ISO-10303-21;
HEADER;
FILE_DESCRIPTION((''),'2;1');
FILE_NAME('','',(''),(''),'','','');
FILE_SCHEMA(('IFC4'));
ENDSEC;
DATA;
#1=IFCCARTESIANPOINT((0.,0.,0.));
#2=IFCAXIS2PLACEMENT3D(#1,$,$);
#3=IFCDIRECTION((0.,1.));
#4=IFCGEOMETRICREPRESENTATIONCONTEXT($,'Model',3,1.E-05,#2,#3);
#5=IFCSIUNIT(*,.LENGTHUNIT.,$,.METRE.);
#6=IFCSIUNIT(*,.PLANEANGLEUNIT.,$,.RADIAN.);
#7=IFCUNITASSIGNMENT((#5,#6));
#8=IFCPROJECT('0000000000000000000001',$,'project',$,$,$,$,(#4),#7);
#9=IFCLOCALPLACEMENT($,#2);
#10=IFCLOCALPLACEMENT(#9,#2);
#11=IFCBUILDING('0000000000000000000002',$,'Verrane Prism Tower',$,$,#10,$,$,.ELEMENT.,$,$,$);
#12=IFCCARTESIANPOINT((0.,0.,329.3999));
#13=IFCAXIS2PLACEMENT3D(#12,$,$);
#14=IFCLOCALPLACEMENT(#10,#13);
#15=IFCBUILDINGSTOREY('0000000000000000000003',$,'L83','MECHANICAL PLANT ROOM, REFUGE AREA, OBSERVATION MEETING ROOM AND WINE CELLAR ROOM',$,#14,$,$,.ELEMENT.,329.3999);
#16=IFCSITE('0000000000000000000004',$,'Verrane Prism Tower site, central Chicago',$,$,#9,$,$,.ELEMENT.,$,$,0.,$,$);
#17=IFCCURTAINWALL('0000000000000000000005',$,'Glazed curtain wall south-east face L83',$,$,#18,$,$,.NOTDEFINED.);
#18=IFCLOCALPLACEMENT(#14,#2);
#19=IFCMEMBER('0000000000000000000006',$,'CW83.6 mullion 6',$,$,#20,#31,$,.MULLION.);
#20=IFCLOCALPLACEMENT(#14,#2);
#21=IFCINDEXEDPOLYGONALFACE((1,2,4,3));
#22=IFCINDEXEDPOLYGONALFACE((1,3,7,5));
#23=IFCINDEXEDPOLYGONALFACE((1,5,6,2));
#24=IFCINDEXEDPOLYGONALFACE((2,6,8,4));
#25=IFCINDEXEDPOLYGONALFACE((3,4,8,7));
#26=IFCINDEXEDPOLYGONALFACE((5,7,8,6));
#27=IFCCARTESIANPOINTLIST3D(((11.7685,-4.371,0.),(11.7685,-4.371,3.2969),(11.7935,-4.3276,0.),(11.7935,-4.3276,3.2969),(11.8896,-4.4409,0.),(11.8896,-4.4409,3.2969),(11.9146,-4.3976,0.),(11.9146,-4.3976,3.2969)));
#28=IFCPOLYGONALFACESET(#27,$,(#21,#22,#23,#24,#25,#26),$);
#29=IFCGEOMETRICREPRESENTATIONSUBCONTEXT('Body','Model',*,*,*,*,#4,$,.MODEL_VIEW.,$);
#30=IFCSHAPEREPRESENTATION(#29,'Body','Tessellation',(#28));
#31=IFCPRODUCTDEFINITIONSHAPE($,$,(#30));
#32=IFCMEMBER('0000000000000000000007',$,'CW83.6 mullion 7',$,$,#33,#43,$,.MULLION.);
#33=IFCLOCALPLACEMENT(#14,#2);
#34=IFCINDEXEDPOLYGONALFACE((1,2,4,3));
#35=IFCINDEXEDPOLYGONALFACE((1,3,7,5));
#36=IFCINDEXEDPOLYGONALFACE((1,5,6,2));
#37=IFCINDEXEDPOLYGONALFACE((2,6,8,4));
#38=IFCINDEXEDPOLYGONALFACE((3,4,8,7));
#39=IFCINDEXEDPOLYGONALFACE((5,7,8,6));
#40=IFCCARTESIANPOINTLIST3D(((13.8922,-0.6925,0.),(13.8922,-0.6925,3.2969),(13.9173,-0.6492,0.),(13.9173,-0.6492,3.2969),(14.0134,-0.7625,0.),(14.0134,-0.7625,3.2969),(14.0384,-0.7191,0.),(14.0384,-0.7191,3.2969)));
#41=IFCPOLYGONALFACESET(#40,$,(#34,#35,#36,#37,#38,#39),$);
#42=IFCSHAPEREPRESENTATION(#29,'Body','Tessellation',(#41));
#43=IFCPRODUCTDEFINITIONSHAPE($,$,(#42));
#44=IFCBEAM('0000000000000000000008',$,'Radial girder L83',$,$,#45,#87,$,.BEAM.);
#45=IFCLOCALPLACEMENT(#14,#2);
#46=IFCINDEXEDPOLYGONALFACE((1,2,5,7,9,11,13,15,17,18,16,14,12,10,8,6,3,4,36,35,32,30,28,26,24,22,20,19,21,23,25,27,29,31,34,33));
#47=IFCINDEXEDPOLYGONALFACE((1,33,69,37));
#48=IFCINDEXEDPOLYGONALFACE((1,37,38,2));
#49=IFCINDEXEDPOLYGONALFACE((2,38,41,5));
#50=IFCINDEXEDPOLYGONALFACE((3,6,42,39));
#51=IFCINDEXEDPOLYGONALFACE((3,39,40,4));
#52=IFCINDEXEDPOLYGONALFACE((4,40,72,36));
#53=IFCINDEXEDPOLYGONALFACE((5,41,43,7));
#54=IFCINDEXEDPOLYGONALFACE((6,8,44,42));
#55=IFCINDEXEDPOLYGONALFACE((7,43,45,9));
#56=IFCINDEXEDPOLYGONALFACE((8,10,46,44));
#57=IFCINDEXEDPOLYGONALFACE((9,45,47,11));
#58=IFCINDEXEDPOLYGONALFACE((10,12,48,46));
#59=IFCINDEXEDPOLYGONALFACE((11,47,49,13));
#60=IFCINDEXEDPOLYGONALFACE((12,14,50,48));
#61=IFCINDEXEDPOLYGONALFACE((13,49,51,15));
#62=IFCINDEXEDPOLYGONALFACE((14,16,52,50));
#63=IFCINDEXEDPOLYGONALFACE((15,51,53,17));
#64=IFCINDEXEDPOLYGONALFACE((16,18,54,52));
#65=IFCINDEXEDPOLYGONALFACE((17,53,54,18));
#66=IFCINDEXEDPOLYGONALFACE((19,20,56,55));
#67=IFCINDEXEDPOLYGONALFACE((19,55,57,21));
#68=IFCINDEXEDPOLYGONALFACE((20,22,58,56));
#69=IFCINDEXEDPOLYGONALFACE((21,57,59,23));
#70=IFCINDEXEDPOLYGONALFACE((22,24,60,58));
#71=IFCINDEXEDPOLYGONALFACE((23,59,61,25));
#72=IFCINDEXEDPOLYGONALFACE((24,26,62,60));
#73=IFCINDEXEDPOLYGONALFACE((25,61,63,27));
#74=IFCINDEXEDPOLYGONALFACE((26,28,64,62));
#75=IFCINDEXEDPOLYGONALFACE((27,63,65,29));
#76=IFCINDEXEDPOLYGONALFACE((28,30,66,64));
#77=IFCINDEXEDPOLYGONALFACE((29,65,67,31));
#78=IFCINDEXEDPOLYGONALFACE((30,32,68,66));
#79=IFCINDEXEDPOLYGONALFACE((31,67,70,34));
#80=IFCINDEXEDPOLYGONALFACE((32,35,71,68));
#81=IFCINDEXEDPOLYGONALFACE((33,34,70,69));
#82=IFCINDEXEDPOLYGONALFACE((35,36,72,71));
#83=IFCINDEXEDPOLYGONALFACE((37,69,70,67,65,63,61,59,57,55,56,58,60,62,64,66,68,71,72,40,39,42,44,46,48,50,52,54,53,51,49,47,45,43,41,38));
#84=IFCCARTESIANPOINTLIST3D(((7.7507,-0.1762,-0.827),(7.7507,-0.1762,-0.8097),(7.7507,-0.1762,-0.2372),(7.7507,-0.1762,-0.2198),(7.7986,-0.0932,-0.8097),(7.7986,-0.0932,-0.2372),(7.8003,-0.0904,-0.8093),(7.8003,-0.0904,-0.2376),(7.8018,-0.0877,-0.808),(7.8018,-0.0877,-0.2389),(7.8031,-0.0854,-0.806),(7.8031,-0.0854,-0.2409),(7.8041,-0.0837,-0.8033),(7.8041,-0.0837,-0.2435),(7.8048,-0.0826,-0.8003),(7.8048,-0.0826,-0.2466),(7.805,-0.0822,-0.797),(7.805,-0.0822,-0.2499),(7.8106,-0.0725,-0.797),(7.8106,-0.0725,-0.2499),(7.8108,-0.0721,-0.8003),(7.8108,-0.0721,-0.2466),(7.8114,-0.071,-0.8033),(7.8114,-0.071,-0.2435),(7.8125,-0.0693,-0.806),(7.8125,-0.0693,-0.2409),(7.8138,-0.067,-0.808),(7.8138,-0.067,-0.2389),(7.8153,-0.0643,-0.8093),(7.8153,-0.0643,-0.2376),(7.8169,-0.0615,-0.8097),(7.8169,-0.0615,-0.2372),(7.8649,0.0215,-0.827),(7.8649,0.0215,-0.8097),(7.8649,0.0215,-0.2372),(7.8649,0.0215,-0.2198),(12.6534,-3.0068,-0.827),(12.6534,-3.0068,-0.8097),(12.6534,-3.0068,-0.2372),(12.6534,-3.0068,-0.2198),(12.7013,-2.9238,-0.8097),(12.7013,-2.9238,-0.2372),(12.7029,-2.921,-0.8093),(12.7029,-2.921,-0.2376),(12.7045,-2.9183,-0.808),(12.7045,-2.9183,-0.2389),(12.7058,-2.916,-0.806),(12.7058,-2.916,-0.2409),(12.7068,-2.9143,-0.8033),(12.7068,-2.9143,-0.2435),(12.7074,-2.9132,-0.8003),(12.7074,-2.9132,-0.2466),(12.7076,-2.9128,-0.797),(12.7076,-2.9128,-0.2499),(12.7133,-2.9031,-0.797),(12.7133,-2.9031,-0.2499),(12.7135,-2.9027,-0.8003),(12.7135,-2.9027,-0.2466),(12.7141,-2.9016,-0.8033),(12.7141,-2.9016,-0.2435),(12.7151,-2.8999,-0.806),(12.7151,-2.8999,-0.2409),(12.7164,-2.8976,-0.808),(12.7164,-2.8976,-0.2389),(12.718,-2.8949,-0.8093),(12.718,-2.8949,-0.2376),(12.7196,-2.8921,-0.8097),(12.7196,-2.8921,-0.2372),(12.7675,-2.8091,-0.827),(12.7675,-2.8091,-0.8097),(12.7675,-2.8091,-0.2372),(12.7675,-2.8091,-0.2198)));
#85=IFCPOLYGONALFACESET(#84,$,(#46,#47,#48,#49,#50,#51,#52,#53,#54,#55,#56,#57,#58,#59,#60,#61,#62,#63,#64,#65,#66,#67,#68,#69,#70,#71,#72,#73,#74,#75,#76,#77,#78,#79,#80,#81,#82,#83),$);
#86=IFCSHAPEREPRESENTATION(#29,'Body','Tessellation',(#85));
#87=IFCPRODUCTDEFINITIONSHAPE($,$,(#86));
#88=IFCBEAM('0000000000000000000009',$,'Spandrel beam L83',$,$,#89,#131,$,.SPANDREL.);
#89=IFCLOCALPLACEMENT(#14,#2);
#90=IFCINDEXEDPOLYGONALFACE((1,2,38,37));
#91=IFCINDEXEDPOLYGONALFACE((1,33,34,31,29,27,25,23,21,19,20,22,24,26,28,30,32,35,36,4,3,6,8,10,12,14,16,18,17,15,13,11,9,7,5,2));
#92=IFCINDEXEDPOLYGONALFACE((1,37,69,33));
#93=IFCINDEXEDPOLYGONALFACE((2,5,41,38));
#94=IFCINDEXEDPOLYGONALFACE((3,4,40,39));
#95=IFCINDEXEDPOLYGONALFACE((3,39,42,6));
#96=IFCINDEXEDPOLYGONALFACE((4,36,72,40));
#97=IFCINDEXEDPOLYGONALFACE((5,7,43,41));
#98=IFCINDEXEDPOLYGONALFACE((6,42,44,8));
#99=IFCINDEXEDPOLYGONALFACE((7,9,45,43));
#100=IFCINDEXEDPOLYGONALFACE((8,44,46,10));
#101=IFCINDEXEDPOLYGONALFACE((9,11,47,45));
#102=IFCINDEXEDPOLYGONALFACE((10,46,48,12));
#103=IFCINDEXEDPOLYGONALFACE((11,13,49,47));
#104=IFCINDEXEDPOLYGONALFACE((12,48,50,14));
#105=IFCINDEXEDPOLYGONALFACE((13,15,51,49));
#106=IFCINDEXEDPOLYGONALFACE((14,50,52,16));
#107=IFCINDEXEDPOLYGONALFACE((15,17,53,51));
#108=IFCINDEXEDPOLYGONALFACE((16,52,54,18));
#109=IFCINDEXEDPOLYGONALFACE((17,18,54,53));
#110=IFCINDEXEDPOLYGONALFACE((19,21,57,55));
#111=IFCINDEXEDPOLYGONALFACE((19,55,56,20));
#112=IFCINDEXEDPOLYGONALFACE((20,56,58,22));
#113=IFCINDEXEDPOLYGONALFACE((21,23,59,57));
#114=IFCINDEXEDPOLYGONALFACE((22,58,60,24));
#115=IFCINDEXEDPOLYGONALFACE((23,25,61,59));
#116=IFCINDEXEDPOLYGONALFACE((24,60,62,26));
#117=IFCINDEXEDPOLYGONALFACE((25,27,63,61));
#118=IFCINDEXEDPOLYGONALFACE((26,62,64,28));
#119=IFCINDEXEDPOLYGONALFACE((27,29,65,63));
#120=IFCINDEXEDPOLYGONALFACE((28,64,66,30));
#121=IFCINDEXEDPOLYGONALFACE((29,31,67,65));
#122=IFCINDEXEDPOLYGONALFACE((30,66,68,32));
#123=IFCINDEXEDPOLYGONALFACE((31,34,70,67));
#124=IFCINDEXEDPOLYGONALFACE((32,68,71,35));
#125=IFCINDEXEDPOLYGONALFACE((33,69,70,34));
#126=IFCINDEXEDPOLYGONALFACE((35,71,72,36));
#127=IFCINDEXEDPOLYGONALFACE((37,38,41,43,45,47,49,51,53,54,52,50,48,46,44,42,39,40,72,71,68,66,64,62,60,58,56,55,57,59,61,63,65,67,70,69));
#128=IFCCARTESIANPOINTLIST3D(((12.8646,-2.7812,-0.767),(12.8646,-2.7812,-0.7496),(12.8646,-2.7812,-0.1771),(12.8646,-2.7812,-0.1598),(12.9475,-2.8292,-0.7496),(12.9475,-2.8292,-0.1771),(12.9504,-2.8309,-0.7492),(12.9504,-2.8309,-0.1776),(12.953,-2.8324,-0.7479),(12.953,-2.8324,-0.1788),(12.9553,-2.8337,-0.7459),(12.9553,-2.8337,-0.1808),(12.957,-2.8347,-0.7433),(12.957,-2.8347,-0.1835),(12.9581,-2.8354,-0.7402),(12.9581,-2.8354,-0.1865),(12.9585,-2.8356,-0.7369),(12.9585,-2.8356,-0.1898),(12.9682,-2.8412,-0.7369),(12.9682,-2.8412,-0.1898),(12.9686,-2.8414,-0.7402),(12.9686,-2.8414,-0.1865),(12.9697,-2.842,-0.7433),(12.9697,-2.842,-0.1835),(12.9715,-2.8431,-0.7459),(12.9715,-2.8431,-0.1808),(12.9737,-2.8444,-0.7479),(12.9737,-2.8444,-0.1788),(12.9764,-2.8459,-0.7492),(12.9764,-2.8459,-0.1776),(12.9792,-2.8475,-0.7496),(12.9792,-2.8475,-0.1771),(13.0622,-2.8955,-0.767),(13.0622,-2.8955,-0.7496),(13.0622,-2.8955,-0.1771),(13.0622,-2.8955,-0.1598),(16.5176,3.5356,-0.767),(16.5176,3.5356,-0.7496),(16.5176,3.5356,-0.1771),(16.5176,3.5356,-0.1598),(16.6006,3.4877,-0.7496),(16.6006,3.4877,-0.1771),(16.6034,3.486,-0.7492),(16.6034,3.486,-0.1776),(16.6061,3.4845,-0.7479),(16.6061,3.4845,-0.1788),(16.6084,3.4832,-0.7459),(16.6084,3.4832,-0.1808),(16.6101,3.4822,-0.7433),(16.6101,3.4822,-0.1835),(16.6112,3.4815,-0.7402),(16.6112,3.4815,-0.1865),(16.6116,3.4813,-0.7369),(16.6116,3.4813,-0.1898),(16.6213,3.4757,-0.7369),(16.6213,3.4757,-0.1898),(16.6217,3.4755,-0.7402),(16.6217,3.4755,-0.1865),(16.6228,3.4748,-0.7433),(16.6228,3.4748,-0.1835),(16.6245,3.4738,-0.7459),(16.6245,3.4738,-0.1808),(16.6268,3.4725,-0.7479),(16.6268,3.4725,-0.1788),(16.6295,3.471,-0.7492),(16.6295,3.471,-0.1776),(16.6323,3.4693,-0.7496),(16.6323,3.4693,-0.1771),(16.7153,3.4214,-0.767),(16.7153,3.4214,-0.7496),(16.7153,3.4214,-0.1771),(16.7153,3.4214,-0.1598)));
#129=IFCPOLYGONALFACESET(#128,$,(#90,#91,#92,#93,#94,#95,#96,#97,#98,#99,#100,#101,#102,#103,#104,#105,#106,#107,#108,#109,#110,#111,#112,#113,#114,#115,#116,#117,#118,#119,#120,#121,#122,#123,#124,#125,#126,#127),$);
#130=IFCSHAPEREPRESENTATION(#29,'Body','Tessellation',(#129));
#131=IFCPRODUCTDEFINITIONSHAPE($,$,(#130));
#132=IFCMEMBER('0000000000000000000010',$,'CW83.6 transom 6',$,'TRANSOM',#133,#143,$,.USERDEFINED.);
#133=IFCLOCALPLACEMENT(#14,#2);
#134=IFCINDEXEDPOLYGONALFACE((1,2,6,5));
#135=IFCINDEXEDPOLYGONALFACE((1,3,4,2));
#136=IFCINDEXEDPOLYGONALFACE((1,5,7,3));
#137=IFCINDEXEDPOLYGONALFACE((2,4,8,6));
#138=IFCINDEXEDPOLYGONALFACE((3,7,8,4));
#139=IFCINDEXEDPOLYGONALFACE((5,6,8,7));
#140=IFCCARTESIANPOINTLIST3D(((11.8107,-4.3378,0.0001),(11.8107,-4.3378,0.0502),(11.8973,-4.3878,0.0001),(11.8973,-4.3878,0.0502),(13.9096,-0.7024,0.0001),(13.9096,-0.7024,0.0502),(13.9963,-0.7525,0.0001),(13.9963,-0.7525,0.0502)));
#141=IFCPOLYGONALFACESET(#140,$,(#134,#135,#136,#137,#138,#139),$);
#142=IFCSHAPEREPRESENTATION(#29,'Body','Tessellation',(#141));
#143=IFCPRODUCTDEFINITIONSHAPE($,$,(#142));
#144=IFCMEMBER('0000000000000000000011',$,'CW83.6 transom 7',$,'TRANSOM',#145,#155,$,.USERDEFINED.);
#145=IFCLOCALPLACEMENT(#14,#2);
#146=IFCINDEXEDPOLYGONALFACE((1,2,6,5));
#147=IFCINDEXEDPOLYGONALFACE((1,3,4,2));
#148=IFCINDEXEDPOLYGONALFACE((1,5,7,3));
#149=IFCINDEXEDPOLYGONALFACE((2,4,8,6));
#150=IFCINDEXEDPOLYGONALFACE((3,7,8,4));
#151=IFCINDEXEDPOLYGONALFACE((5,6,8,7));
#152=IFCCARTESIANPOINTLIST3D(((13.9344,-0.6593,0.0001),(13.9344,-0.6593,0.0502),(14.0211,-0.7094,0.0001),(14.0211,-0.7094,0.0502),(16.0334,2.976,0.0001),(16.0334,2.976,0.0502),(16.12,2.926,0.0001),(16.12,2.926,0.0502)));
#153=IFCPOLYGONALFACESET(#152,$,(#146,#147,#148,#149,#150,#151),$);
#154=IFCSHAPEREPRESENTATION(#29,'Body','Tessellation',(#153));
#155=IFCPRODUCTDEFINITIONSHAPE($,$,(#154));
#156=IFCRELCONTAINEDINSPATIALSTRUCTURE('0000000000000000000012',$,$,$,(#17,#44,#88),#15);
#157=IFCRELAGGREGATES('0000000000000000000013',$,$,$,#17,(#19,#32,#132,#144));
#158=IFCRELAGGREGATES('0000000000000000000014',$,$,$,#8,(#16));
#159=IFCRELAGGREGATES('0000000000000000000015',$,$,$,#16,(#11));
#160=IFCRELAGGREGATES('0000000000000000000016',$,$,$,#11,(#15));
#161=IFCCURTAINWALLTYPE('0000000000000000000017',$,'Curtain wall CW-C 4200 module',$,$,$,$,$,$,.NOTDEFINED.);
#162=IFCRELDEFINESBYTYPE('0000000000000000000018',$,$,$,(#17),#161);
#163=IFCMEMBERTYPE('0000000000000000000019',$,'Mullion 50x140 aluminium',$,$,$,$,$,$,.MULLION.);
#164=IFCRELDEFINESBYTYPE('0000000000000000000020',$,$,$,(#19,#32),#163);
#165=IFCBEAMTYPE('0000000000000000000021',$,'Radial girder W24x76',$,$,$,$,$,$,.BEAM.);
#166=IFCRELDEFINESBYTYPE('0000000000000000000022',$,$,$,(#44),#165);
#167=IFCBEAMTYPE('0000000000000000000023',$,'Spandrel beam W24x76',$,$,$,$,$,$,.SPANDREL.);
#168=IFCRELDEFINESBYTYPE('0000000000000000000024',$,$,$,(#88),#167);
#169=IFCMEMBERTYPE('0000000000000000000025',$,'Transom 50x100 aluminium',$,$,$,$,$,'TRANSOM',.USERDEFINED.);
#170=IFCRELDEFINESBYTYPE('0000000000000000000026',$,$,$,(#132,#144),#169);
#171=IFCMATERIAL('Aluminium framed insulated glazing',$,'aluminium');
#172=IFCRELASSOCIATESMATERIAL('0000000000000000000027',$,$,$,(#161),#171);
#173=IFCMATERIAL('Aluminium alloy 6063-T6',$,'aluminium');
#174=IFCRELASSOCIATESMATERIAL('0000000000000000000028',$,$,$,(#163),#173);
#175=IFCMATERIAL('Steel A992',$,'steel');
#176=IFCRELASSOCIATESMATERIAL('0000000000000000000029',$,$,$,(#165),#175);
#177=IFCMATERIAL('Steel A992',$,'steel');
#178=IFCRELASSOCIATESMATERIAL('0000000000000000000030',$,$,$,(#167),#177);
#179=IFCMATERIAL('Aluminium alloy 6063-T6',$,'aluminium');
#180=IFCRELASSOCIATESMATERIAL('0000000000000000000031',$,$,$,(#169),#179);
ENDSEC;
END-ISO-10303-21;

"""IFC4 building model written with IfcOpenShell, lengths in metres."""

from ifc_helpers import new_model, si_unit, direction, frame, origin, origin_2d, place, context, subcontext, project, spatial, rectangle, i_section, extrude, material, material_profile, profile_set, type_object, element, aggregate, save


model = new_model("IFC4")

# Units and contexts
model_context = context("Model", 3, precision=1e-05, world=origin(), true_north=direction((0.0, 1.0)))
body_context = subcontext(model_context, "Body", "Model", "MODEL_VIEW")
ifc_project = project(units=[si_unit("LENGTHUNIT", "METRE"), si_unit("PLANEANGLEUNIT", "RADIAN")], contexts=[model_context])

# Site, building, storey
site_placement = place(None, origin())
site = spatial("IfcSite", under=ifc_project, at=site_placement, Name="Verrane Prism Tower site, central Chicago", CompositionType="ELEMENT", RefElevation=0.0)
building_placement = place(site_placement, origin())
building = spatial("IfcBuilding", under=site, at=building_placement, Name="Verrane Prism Tower", CompositionType="ELEMENT")
storey_placement = place(building_placement, frame((0.0, 0.0, 329.3999)))
storey = spatial("IfcBuildingStorey", under=building, at=storey_placement, Name="L83", Description="MECHANICAL PLANT ROOM, REFUGE AREA, OBSERVATION MEETING ROOM AND WINE CELLAR ROOM", CompositionType="ELEMENT", Elevation=329.3999)

# Curtain wall, members
ifc_material_1 = material(Name="Aluminium framed insulated glazing", Category="aluminium")
curtain_wall_type = type_object("IfcCurtainWallType", Name="Curtain wall CW-C 4200 module", PredefinedType="NOTDEFINED", material=ifc_material_1)
curtain_wall_placement = place(storey_placement, origin())
curtain_wall = element("IfcCurtainWall", 1, at=curtain_wall_placement, inside=storey, type_object=curtain_wall_type, Name="Glazed curtain wall south-east face L83", PredefinedType="NOTDEFINED")
ifc_material_2 = material(Name="Aluminium alloy 6063-T6", Category="aluminium")
ifc_material_profile_1 = material_profile(ifc_material_2, rectangle(XDim=0.1399, YDim=0.05, at=origin_2d()), Name="Mullion 50x140 aluminium")
ifc_profile_set_1 = profile_set([ifc_material_profile_1], Name="Aluminium alloy 6063-T6")
member_type_1 = type_object("IfcMemberType", Name="Mullion 50x140 aluminium", PredefinedType="MULLION", material=ifc_profile_set_1)
member_1_placement = place(storey_placement, frame((11.8416, -4.3843, 0.0), z_axis=(0.0, 0.0, 1.0), x_axis=(-0.866025, 0.5, 0.0)))
member_1 = element("IfcMember", 2, at=member_1_placement, type_object=member_type_1, Name="CW83.6 mullion 6", PredefinedType="MULLION", context=body_context, shape_type="SweptSolid", body=[
    extrude(rectangle(XDim=0.1399, YDim=0.05, at=origin_2d()), origin(), (0.0, 0.0, 1.0), 3.2969),
])
member_2_placement = place(storey_placement, frame((13.9653, -0.7058, 0.0), z_axis=(0.0, 0.0, 1.0), x_axis=(-0.866025, 0.5, 0.0)))
member_2 = element("IfcMember", 3, at=member_2_placement, type_object=member_type_1, Name="CW83.6 mullion 7", PredefinedType="MULLION", context=body_context, shape_type="SweptSolid", body=[
    extrude(rectangle(XDim=0.1399, YDim=0.05, at=origin_2d()), origin(), (0.0, 0.0, 1.0), 3.2969),
])

# Beams
ifc_material_3 = material(Name="Steel A992", Category="steel")
ifc_material_profile_2 = material_profile(ifc_material_3, i_section(OverallWidth=0.2283, OverallDepth=0.6072, WebThickness=0.0112, FlangeThickness=0.0173, FilletRadius=0.0127, at=origin_2d()), Name="W24x76")
ifc_profile_set_2 = profile_set([ifc_material_profile_2], Name="Steel A992")
beam_type_1 = type_object("IfcBeamType", Name="Radial girder W24x76", PredefinedType="BEAM", material=ifc_profile_set_2)
beam_1_placement = place(storey_placement, frame((12.7104, -2.908, -0.5234), z_axis=(-0.866021, 0.500007, 0.0), x_axis=(-0.500007, -0.866021, 0.0)))
element("IfcBeam", 4, at=beam_1_placement, inside=storey, type_object=beam_type_1, Name="Radial girder L83", PredefinedType="BEAM", context=body_context, shape_type="SweptSolid", body=[
    extrude(i_section(OverallWidth=0.2283, OverallDepth=0.6072, WebThickness=0.0112, FlangeThickness=0.0173, FilletRadius=0.0127, at=origin_2d()), origin(), (0.0, 0.0, 1.0), 5.6611),
])
ifc_material_4 = material(Name="Steel A992", Category="steel")
ifc_material_profile_3 = material_profile(ifc_material_4, i_section(OverallWidth=0.2283, OverallDepth=0.6072, WebThickness=0.0112, FlangeThickness=0.0173, FilletRadius=0.0127, at=origin_2d()), Name="W24x76")
ifc_profile_set_3 = profile_set([ifc_material_profile_3], Name="Steel A992")
beam_type_2 = type_object("IfcBeamType", Name="Spandrel beam W24x76", PredefinedType="SPANDREL", material=ifc_profile_set_3)
beam_2_placement = place(storey_placement, frame((12.9634, -2.8384, -0.4634), z_axis=(0.500618, 0.865668, 0.0), x_axis=(-0.865668, 0.500618, 0.0)))
element("IfcBeam", 5, at=beam_2_placement, inside=storey, type_object=beam_type_2, Name="Spandrel beam L83", PredefinedType="SPANDREL", context=body_context, shape_type="SweptSolid", body=[
    extrude(i_section(OverallWidth=0.2283, OverallDepth=0.6072, WebThickness=0.0112, FlangeThickness=0.0173, FilletRadius=0.0127, at=origin_2d()), origin(), (0.0, 0.0, 1.0), 7.2971),
])

# Members
ifc_material_5 = material(Name="Aluminium alloy 6063-T6", Category="aluminium")
ifc_material_profile_4 = material_profile(ifc_material_5, rectangle(XDim=0.1001, YDim=0.05, at=origin_2d()), Name="Transom 50x100 aluminium")
ifc_profile_set_4 = profile_set([ifc_material_profile_4], Name="Aluminium alloy 6063-T6")
member_type_2 = type_object("IfcMemberType", Name="Transom 50x100 aluminium", ElementType="TRANSOM", PredefinedType="USERDEFINED", material=ifc_profile_set_4)
member_3_placement = place(storey_placement, frame((11.854, -4.3628, 0.0251), z_axis=(0.500011, 0.866019, 0.0), x_axis=(-0.866019, 0.500011, 0.0)))
member_3 = element("IfcMember", 6, at=member_3_placement, type_object=member_type_2, Name="CW83.6 transom 6", ObjectType="TRANSOM", PredefinedType="USERDEFINED", context=body_context, shape_type="SweptSolid", body=[
    extrude(rectangle(XDim=0.1001, YDim=0.05, at=origin_2d()), origin(), (0.0, 0.0, 1.0), 4.1978),
])
member_4_placement = place(storey_placement, frame((13.9778, -0.6843, 0.0251), z_axis=(0.500011, 0.866019, 0.0), x_axis=(-0.866019, 0.500011, 0.0)))
member_4 = element("IfcMember", 7, at=member_4_placement, type_object=member_type_2, Name="CW83.6 transom 7", ObjectType="TRANSOM", PredefinedType="USERDEFINED", context=body_context, shape_type="SweptSolid", body=[
    extrude(rectangle(XDim=0.1001, YDim=0.05, at=origin_2d()), origin(), (0.0, 0.0, 1.0), 4.1978),
])

aggregate(curtain_wall, [member_1, member_2, member_3, member_4])

save(model, "model.ifc")
